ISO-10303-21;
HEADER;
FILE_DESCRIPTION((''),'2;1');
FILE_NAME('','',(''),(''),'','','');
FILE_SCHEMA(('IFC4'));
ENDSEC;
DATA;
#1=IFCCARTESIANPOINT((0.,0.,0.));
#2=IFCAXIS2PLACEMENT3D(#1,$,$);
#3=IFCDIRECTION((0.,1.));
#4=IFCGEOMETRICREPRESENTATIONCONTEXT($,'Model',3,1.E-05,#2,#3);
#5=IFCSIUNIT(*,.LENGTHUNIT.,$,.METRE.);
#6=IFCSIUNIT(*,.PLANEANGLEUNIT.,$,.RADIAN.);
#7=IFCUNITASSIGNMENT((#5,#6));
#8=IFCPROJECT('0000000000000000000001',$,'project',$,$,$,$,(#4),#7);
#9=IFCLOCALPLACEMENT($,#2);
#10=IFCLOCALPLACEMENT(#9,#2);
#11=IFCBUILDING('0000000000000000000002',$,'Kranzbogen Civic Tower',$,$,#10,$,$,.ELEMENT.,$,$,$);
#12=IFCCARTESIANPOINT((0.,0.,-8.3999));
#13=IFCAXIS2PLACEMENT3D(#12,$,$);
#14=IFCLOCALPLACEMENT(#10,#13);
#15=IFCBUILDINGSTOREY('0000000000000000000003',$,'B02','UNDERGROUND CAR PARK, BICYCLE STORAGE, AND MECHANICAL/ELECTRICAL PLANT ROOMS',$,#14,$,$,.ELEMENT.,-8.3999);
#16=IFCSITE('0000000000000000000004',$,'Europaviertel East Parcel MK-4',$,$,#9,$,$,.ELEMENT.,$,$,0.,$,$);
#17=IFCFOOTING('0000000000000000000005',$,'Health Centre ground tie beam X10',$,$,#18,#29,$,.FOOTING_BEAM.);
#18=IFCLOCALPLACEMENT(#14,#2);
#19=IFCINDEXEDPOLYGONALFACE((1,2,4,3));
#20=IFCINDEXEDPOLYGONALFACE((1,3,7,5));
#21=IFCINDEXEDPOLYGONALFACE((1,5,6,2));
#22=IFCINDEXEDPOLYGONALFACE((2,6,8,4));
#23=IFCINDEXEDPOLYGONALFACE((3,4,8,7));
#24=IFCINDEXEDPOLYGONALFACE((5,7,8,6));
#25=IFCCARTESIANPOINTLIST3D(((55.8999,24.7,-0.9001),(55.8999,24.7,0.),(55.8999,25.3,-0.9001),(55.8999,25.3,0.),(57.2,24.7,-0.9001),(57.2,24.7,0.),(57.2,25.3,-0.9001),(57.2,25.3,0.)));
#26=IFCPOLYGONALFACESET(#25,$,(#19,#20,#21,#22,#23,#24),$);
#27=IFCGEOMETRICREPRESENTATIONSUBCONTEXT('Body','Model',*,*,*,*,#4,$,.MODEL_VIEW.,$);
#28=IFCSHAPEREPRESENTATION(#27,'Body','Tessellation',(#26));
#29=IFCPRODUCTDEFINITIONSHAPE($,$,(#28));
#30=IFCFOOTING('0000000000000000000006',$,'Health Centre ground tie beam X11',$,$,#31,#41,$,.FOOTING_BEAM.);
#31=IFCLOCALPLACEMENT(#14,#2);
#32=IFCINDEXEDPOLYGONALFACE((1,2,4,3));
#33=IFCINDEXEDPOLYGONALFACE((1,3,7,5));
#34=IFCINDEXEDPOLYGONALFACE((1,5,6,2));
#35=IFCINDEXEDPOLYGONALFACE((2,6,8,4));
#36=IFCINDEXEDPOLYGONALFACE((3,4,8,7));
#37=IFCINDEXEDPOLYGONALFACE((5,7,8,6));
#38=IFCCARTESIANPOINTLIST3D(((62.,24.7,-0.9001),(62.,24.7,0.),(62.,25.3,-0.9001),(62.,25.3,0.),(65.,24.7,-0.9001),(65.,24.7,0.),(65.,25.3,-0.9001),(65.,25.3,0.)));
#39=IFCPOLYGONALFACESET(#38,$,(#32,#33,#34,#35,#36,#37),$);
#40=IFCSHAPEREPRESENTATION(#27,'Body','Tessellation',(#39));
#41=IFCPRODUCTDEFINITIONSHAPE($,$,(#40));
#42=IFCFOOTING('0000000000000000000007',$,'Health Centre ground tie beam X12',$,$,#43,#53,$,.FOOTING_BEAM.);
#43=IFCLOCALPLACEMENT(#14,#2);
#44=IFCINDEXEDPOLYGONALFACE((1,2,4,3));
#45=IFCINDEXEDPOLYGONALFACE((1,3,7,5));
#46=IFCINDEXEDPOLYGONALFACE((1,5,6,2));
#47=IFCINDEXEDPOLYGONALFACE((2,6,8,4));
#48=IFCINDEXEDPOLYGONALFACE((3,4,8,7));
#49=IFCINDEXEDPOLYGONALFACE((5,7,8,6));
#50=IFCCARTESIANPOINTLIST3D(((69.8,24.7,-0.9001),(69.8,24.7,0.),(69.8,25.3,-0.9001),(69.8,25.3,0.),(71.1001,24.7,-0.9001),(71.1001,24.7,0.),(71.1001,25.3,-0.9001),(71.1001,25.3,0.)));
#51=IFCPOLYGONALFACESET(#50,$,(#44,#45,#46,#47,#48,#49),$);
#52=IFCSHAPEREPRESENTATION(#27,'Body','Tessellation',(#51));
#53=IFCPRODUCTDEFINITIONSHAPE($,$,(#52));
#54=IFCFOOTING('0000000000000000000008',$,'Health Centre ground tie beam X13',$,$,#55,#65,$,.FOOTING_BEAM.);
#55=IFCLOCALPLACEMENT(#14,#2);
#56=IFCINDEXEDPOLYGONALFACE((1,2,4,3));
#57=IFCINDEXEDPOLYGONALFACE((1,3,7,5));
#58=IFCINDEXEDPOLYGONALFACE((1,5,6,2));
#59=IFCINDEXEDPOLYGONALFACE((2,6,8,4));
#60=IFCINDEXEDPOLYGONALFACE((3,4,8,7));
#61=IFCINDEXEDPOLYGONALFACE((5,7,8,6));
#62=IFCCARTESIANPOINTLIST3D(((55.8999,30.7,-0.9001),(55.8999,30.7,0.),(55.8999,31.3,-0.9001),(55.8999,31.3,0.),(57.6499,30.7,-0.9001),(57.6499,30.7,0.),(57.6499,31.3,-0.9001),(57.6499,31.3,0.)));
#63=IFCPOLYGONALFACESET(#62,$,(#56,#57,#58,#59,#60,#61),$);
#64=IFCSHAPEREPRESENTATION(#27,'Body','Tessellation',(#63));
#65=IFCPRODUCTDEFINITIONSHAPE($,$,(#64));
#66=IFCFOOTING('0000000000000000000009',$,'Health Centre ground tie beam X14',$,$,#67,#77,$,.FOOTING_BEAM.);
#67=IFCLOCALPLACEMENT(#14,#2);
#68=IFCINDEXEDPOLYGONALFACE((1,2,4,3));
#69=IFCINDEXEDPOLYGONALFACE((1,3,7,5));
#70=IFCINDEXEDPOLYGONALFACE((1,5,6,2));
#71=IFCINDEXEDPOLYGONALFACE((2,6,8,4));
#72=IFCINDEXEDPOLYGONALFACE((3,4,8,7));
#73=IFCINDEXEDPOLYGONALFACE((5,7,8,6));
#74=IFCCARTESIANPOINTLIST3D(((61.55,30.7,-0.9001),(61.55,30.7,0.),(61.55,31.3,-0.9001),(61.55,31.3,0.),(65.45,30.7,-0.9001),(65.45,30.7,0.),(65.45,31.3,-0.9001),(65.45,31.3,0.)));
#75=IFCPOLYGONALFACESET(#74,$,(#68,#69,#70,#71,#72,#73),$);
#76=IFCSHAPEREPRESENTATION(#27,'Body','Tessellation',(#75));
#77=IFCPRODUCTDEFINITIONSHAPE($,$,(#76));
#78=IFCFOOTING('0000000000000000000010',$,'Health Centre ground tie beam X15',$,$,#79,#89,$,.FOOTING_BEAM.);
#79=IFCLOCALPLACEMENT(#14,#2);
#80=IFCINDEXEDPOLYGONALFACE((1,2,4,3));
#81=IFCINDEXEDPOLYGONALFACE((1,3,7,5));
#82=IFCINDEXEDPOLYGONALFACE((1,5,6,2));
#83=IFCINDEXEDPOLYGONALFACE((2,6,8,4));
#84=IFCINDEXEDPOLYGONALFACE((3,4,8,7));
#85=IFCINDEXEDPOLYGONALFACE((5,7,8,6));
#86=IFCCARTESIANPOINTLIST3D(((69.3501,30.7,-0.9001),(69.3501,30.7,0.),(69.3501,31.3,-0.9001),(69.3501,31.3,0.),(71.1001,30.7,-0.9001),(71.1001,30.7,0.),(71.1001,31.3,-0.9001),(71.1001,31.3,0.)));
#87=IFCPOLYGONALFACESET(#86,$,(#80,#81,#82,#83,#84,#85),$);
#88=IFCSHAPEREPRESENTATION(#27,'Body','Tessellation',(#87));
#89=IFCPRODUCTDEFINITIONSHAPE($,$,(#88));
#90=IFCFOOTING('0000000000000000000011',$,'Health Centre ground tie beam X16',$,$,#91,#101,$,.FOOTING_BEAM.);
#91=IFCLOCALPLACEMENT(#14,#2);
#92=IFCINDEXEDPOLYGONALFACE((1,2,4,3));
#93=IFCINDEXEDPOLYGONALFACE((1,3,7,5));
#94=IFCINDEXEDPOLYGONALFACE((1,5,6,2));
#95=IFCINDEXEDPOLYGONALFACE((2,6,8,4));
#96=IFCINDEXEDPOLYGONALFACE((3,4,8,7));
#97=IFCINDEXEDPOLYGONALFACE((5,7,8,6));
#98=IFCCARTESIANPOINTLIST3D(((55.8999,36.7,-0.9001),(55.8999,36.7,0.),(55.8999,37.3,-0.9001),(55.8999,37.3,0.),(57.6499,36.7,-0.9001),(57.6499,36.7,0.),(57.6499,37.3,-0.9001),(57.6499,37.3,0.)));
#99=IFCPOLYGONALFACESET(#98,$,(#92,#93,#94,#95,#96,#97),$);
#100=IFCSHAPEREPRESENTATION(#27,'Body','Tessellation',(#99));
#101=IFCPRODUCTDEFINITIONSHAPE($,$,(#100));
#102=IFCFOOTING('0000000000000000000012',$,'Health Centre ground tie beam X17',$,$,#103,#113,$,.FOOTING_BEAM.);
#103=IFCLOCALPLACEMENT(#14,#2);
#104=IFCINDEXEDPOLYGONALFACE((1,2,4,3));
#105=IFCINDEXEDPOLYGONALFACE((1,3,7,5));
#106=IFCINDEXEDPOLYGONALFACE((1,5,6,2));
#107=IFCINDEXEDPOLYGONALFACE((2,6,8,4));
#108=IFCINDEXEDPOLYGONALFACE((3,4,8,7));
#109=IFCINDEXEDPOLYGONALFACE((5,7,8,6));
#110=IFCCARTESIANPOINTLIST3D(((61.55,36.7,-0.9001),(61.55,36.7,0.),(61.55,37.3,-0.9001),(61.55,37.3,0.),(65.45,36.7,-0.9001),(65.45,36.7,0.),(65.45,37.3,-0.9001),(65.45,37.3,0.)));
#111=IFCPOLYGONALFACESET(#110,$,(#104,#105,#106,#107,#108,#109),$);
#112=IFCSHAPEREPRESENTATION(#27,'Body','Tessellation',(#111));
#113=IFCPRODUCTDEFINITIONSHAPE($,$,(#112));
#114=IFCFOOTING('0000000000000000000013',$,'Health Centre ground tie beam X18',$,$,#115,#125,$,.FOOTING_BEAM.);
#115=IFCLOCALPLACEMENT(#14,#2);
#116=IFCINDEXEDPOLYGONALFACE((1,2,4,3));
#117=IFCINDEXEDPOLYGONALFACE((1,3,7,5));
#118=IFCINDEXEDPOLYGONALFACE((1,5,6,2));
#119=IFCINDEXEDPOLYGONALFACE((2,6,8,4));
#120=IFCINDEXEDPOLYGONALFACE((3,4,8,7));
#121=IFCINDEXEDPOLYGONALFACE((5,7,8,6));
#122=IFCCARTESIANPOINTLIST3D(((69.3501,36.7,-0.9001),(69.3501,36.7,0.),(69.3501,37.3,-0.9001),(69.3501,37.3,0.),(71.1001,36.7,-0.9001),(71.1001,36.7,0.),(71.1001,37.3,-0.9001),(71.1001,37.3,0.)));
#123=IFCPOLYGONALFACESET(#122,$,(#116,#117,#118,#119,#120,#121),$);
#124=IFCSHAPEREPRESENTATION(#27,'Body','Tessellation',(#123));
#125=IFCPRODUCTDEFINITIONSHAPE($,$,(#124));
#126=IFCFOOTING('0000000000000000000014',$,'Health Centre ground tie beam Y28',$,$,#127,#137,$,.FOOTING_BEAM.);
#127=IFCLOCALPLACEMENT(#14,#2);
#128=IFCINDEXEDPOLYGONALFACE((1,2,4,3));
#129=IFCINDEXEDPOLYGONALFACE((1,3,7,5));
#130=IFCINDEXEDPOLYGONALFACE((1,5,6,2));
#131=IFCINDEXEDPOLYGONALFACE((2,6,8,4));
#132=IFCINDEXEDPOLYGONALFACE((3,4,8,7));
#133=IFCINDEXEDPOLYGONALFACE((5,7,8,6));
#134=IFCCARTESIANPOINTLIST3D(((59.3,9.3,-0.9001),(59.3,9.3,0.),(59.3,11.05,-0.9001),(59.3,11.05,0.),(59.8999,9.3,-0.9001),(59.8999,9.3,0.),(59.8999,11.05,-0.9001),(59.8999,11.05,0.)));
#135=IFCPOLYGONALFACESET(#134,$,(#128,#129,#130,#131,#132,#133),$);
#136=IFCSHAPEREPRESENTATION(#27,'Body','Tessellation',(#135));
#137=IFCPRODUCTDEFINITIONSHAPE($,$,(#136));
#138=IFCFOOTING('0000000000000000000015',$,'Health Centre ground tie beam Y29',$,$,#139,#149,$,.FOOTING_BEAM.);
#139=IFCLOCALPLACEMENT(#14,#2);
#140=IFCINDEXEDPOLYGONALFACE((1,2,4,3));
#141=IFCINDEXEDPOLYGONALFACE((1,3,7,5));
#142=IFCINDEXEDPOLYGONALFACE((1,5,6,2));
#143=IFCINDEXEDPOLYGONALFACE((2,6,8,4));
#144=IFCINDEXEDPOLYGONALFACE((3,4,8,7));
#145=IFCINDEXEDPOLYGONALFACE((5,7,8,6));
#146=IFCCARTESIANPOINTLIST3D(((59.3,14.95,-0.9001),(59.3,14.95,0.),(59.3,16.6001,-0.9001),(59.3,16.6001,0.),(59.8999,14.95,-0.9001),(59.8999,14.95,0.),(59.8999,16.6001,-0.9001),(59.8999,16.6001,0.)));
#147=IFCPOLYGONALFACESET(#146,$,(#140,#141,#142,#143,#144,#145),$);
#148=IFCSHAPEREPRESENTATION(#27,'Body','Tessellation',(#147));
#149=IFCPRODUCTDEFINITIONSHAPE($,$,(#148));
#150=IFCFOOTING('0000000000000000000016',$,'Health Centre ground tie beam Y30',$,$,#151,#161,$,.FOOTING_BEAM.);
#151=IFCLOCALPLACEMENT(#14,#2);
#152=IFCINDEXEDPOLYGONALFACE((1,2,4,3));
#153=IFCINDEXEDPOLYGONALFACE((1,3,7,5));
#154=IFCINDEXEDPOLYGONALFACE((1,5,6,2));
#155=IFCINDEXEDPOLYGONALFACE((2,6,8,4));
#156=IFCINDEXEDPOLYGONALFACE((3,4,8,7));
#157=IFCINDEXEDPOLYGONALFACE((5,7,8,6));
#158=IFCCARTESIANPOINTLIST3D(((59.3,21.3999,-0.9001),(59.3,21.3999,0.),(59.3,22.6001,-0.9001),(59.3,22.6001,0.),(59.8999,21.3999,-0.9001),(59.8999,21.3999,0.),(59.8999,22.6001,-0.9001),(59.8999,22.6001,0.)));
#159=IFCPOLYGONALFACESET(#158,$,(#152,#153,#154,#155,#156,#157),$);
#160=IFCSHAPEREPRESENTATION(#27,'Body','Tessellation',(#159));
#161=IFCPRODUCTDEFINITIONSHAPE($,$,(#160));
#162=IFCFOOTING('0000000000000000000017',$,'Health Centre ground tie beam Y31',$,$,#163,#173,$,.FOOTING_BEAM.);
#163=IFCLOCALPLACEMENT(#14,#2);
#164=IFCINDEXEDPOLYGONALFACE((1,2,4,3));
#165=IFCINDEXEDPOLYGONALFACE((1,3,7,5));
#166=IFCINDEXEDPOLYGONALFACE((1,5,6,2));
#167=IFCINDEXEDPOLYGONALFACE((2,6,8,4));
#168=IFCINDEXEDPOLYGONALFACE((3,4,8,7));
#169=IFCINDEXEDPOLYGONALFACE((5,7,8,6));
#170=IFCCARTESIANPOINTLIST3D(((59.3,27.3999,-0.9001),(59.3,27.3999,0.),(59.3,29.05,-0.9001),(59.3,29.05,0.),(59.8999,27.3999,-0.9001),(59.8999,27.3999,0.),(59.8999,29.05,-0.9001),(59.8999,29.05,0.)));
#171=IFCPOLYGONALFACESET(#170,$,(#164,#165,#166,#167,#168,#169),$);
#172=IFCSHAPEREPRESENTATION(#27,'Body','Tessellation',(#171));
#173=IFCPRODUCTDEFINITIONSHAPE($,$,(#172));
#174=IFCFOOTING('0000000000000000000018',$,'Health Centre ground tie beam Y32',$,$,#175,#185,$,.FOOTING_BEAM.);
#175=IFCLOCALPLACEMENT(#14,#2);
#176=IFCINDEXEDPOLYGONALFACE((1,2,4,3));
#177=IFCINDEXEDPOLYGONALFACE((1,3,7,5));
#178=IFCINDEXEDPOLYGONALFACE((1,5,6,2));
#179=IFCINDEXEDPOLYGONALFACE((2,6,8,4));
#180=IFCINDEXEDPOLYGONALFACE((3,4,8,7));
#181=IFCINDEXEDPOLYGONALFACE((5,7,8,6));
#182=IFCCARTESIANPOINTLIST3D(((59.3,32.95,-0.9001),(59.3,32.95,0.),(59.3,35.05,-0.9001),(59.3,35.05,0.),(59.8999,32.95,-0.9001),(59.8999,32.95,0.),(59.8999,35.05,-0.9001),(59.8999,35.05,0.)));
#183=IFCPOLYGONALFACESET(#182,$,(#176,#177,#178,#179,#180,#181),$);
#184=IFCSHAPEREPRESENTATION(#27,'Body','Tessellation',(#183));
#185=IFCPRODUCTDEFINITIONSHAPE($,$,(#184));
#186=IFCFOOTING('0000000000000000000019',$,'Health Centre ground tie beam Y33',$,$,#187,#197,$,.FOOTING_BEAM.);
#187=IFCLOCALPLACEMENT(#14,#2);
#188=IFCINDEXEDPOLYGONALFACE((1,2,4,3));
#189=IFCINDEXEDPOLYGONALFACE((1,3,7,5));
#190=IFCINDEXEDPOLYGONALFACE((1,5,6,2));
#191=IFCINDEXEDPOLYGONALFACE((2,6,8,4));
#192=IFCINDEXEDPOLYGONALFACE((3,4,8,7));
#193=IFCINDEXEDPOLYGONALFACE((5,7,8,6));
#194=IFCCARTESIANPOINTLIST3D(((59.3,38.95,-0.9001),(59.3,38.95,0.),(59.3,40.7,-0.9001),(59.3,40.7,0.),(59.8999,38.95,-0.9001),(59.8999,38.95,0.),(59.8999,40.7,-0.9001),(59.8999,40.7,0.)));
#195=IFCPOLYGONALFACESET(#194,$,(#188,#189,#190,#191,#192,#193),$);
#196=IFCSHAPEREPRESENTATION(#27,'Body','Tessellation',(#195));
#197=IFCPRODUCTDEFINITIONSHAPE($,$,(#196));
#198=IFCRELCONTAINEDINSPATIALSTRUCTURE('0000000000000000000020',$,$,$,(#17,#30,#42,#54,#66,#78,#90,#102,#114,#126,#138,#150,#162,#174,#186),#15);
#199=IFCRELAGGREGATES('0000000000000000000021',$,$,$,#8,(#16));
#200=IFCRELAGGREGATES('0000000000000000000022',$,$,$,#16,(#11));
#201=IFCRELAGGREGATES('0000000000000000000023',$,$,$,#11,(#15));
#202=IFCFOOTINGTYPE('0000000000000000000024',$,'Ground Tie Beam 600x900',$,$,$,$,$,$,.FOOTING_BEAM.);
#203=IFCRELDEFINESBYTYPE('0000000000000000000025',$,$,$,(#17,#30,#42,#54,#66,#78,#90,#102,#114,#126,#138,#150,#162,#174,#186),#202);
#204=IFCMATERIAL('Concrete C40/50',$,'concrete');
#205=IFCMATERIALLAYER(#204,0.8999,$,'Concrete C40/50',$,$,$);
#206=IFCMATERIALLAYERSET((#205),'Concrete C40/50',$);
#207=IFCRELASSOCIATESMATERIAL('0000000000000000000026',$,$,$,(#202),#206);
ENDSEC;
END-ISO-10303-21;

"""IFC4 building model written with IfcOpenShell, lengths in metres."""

from ifc_helpers import new_model, si_unit, direction, frame, origin, place, context, subcontext, project, spatial, polyline, outline, extrude, material, layer, layer_set, type_object, element, save


model = new_model("IFC4")

# Units and contexts
model_context = context("Model", 3, precision=1e-05, world=origin(), true_north=direction((0.0, 1.0)))
body_context = subcontext(model_context, "Body", "Model", "MODEL_VIEW")
ifc_project = project(units=[si_unit("LENGTHUNIT", "METRE"), si_unit("PLANEANGLEUNIT", "RADIAN")], contexts=[model_context])

# Site, building, storey
site_placement = place(None, origin())
site = spatial("IfcSite", under=ifc_project, at=site_placement, Name="Europaviertel East Parcel MK-4", CompositionType="ELEMENT", RefElevation=0.0)
building_placement = place(site_placement, origin())
building = spatial("IfcBuilding", under=site, at=building_placement, Name="Kranzbogen Civic Tower", CompositionType="ELEMENT")
storey_placement = place(building_placement, frame((0.0, 0.0, -8.3999)))
storey = spatial("IfcBuildingStorey", under=building, at=storey_placement, Name="B02", Description="UNDERGROUND CAR PARK, BICYCLE STORAGE, AND MECHANICAL/ELECTRICAL PLANT ROOMS", CompositionType="ELEMENT", Elevation=-8.3999)

# Footings
ifc_material = material(Name="Concrete C40/50", Category="concrete")
ifc_layer_1 = layer(ifc_material, 0.8999, Name="Concrete C40/50")
ifc_layer_set_1 = layer_set([ifc_layer_1], Name="Concrete C40/50")
footing_type_1 = type_object("IfcFootingType", Name="Ground Tie Beam 600x900", PredefinedType="FOOTING_BEAM", material=ifc_layer_set_1)
footing_1_placement = place(storey_placement, frame((0.0, 0.0, -0.9001)))
element("IfcFooting", 1, at=footing_1_placement, inside=storey, type_object=footing_type_1, Name="Health Centre ground tie beam X10", PredefinedType="FOOTING_BEAM", context=body_context, shape_type="SweptSolid", body=[
    extrude(outline(polyline([(55.8999, 24.7), (57.2, 24.7), (57.2, 25.3), (55.8999, 25.3), (55.8999, 24.7)])), origin(), (0.0, 0.0, 1.0), 0.9001),
])
footing_2_placement = place(storey_placement, frame((0.0, 0.0, -0.9001)))
element("IfcFooting", 2, at=footing_2_placement, inside=storey, type_object=footing_type_1, Name="Health Centre ground tie beam X11", PredefinedType="FOOTING_BEAM", context=body_context, shape_type="SweptSolid", body=[
    extrude(outline(polyline([(62.0, 24.7), (65.0, 24.7), (65.0, 25.3), (62.0, 25.3), (62.0, 24.7)])), origin(), (0.0, 0.0, 1.0), 0.9001),
])
footing_3_placement = place(storey_placement, frame((0.0, 0.0, -0.9001)))
element("IfcFooting", 3, at=footing_3_placement, inside=storey, type_object=footing_type_1, Name="Health Centre ground tie beam X12", PredefinedType="FOOTING_BEAM", context=body_context, shape_type="SweptSolid", body=[
    extrude(outline(polyline([(69.8, 24.7), (71.1001, 24.7), (71.1001, 25.3), (69.8, 25.3), (69.8, 24.7)])), origin(), (0.0, 0.0, 1.0), 0.9001),
])
footing_4_placement = place(storey_placement, frame((0.0, 0.0, -0.9001)))
element("IfcFooting", 4, at=footing_4_placement, inside=storey, type_object=footing_type_1, Name="Health Centre ground tie beam X13", PredefinedType="FOOTING_BEAM", context=body_context, shape_type="SweptSolid", body=[
    extrude(outline(polyline([(55.8999, 30.7), (57.6499, 30.7), (57.6499, 31.3), (55.8999, 31.3), (55.8999, 30.7)])), origin(), (0.0, 0.0, 1.0), 0.9001),
])
footing_5_placement = place(storey_placement, frame((0.0, 0.0, -0.9001)))
element("IfcFooting", 5, at=footing_5_placement, inside=storey, type_object=footing_type_1, Name="Health Centre ground tie beam X14", PredefinedType="FOOTING_BEAM", context=body_context, shape_type="SweptSolid", body=[
    extrude(outline(polyline([(61.55, 30.7), (65.45, 30.7), (65.45, 31.3), (61.55, 31.3), (61.55, 30.7)])), origin(), (0.0, 0.0, 1.0), 0.9001),
])
footing_6_placement = place(storey_placement, frame((0.0, 0.0, -0.9001)))
element("IfcFooting", 6, at=footing_6_placement, inside=storey, type_object=footing_type_1, Name="Health Centre ground tie beam X15", PredefinedType="FOOTING_BEAM", context=body_context, shape_type="SweptSolid", body=[
    extrude(outline(polyline([(69.3501, 30.7), (71.1001, 30.7), (71.1001, 31.3), (69.3501, 31.3), (69.3501, 30.7)])), origin(), (0.0, 0.0, 1.0), 0.9001),
])
footing_7_placement = place(storey_placement, frame((0.0, 0.0, -0.9001)))
element("IfcFooting", 7, at=footing_7_placement, inside=storey, type_object=footing_type_1, Name="Health Centre ground tie beam X16", PredefinedType="FOOTING_BEAM", context=body_context, shape_type="SweptSolid", body=[
    extrude(outline(polyline([(55.8999, 36.7), (57.6499, 36.7), (57.6499, 37.3), (55.8999, 37.3), (55.8999, 36.7)])), origin(), (0.0, 0.0, 1.0), 0.9001),
])
footing_8_placement = place(storey_placement, frame((0.0, 0.0, -0.9001)))
element("IfcFooting", 8, at=footing_8_placement, inside=storey, type_object=footing_type_1, Name="Health Centre ground tie beam X17", PredefinedType="FOOTING_BEAM", context=body_context, shape_type="SweptSolid", body=[
    extrude(outline(polyline([(61.55, 36.7), (65.45, 36.7), (65.45, 37.3), (61.55, 37.3), (61.55, 36.7)])), origin(), (0.0, 0.0, 1.0), 0.9001),
])
footing_9_placement = place(storey_placement, frame((0.0, 0.0, -0.9001)))
element("IfcFooting", 9, at=footing_9_placement, inside=storey, type_object=footing_type_1, Name="Health Centre ground tie beam X18", PredefinedType="FOOTING_BEAM", context=body_context, shape_type="SweptSolid", body=[
    extrude(outline(polyline([(69.3501, 36.7), (71.1001, 36.7), (71.1001, 37.3), (69.3501, 37.3), (69.3501, 36.7)])), origin(), (0.0, 0.0, 1.0), 0.9001),
])
footing_10_placement = place(storey_placement, frame((0.0, 0.0, -0.9001)))
element("IfcFooting", 10, at=footing_10_placement, inside=storey, type_object=footing_type_1, Name="Health Centre ground tie beam Y28", PredefinedType="FOOTING_BEAM", context=body_context, shape_type="SweptSolid", body=[
    extrude(outline(polyline([(59.3, 9.3), (59.8999, 9.3), (59.8999, 11.05), (59.3, 11.05), (59.3, 9.3)])), origin(), (0.0, 0.0, 1.0), 0.9001),
])
footing_11_placement = place(storey_placement, frame((0.0, 0.0, -0.9001)))
element("IfcFooting", 11, at=footing_11_placement, inside=storey, type_object=footing_type_1, Name="Health Centre ground tie beam Y29", PredefinedType="FOOTING_BEAM", context=body_context, shape_type="SweptSolid", body=[
    extrude(outline(polyline([(59.3, 14.95), (59.8999, 14.95), (59.8999, 16.6001), (59.3, 16.6001), (59.3, 14.95)])), origin(), (0.0, 0.0, 1.0), 0.9001),
])
footing_12_placement = place(storey_placement, frame((0.0, 0.0, -0.9001)))
element("IfcFooting", 12, at=footing_12_placement, inside=storey, type_object=footing_type_1, Name="Health Centre ground tie beam Y30", PredefinedType="FOOTING_BEAM", context=body_context, shape_type="SweptSolid", body=[
    extrude(outline(polyline([(59.3, 21.3999), (59.8999, 21.3999), (59.8999, 22.6001), (59.3, 22.6001), (59.3, 21.3999)])), origin(), (0.0, 0.0, 1.0), 0.9001),
])
footing_13_placement = place(storey_placement, frame((0.0, 0.0, -0.9001)))
element("IfcFooting", 13, at=footing_13_placement, inside=storey, type_object=footing_type_1, Name="Health Centre ground tie beam Y31", PredefinedType="FOOTING_BEAM", context=body_context, shape_type="SweptSolid", body=[
    extrude(outline(polyline([(59.3, 27.3999), (59.8999, 27.3999), (59.8999, 29.05), (59.3, 29.05), (59.3, 27.3999)])), origin(), (0.0, 0.0, 1.0), 0.9001),
])
footing_14_placement = place(storey_placement, frame((0.0, 0.0, -0.9001)))
element("IfcFooting", 14, at=footing_14_placement, inside=storey, type_object=footing_type_1, Name="Health Centre ground tie beam Y32", PredefinedType="FOOTING_BEAM", context=body_context, shape_type="SweptSolid", body=[
    extrude(outline(polyline([(59.3, 32.95), (59.8999, 32.95), (59.8999, 35.05), (59.3, 35.05), (59.3, 32.95)])), origin(), (0.0, 0.0, 1.0), 0.9001),
])
footing_15_placement = place(storey_placement, frame((0.0, 0.0, -0.9001)))
element("IfcFooting", 15, at=footing_15_placement, inside=storey, type_object=footing_type_1, Name="Health Centre ground tie beam Y33", PredefinedType="FOOTING_BEAM", context=body_context, shape_type="SweptSolid", body=[
    extrude(outline(polyline([(59.3, 38.95), (59.8999, 38.95), (59.8999, 40.7), (59.3, 40.7), (59.3, 38.95)])), origin(), (0.0, 0.0, 1.0), 0.9001),
])

save(model, "model.ifc")
